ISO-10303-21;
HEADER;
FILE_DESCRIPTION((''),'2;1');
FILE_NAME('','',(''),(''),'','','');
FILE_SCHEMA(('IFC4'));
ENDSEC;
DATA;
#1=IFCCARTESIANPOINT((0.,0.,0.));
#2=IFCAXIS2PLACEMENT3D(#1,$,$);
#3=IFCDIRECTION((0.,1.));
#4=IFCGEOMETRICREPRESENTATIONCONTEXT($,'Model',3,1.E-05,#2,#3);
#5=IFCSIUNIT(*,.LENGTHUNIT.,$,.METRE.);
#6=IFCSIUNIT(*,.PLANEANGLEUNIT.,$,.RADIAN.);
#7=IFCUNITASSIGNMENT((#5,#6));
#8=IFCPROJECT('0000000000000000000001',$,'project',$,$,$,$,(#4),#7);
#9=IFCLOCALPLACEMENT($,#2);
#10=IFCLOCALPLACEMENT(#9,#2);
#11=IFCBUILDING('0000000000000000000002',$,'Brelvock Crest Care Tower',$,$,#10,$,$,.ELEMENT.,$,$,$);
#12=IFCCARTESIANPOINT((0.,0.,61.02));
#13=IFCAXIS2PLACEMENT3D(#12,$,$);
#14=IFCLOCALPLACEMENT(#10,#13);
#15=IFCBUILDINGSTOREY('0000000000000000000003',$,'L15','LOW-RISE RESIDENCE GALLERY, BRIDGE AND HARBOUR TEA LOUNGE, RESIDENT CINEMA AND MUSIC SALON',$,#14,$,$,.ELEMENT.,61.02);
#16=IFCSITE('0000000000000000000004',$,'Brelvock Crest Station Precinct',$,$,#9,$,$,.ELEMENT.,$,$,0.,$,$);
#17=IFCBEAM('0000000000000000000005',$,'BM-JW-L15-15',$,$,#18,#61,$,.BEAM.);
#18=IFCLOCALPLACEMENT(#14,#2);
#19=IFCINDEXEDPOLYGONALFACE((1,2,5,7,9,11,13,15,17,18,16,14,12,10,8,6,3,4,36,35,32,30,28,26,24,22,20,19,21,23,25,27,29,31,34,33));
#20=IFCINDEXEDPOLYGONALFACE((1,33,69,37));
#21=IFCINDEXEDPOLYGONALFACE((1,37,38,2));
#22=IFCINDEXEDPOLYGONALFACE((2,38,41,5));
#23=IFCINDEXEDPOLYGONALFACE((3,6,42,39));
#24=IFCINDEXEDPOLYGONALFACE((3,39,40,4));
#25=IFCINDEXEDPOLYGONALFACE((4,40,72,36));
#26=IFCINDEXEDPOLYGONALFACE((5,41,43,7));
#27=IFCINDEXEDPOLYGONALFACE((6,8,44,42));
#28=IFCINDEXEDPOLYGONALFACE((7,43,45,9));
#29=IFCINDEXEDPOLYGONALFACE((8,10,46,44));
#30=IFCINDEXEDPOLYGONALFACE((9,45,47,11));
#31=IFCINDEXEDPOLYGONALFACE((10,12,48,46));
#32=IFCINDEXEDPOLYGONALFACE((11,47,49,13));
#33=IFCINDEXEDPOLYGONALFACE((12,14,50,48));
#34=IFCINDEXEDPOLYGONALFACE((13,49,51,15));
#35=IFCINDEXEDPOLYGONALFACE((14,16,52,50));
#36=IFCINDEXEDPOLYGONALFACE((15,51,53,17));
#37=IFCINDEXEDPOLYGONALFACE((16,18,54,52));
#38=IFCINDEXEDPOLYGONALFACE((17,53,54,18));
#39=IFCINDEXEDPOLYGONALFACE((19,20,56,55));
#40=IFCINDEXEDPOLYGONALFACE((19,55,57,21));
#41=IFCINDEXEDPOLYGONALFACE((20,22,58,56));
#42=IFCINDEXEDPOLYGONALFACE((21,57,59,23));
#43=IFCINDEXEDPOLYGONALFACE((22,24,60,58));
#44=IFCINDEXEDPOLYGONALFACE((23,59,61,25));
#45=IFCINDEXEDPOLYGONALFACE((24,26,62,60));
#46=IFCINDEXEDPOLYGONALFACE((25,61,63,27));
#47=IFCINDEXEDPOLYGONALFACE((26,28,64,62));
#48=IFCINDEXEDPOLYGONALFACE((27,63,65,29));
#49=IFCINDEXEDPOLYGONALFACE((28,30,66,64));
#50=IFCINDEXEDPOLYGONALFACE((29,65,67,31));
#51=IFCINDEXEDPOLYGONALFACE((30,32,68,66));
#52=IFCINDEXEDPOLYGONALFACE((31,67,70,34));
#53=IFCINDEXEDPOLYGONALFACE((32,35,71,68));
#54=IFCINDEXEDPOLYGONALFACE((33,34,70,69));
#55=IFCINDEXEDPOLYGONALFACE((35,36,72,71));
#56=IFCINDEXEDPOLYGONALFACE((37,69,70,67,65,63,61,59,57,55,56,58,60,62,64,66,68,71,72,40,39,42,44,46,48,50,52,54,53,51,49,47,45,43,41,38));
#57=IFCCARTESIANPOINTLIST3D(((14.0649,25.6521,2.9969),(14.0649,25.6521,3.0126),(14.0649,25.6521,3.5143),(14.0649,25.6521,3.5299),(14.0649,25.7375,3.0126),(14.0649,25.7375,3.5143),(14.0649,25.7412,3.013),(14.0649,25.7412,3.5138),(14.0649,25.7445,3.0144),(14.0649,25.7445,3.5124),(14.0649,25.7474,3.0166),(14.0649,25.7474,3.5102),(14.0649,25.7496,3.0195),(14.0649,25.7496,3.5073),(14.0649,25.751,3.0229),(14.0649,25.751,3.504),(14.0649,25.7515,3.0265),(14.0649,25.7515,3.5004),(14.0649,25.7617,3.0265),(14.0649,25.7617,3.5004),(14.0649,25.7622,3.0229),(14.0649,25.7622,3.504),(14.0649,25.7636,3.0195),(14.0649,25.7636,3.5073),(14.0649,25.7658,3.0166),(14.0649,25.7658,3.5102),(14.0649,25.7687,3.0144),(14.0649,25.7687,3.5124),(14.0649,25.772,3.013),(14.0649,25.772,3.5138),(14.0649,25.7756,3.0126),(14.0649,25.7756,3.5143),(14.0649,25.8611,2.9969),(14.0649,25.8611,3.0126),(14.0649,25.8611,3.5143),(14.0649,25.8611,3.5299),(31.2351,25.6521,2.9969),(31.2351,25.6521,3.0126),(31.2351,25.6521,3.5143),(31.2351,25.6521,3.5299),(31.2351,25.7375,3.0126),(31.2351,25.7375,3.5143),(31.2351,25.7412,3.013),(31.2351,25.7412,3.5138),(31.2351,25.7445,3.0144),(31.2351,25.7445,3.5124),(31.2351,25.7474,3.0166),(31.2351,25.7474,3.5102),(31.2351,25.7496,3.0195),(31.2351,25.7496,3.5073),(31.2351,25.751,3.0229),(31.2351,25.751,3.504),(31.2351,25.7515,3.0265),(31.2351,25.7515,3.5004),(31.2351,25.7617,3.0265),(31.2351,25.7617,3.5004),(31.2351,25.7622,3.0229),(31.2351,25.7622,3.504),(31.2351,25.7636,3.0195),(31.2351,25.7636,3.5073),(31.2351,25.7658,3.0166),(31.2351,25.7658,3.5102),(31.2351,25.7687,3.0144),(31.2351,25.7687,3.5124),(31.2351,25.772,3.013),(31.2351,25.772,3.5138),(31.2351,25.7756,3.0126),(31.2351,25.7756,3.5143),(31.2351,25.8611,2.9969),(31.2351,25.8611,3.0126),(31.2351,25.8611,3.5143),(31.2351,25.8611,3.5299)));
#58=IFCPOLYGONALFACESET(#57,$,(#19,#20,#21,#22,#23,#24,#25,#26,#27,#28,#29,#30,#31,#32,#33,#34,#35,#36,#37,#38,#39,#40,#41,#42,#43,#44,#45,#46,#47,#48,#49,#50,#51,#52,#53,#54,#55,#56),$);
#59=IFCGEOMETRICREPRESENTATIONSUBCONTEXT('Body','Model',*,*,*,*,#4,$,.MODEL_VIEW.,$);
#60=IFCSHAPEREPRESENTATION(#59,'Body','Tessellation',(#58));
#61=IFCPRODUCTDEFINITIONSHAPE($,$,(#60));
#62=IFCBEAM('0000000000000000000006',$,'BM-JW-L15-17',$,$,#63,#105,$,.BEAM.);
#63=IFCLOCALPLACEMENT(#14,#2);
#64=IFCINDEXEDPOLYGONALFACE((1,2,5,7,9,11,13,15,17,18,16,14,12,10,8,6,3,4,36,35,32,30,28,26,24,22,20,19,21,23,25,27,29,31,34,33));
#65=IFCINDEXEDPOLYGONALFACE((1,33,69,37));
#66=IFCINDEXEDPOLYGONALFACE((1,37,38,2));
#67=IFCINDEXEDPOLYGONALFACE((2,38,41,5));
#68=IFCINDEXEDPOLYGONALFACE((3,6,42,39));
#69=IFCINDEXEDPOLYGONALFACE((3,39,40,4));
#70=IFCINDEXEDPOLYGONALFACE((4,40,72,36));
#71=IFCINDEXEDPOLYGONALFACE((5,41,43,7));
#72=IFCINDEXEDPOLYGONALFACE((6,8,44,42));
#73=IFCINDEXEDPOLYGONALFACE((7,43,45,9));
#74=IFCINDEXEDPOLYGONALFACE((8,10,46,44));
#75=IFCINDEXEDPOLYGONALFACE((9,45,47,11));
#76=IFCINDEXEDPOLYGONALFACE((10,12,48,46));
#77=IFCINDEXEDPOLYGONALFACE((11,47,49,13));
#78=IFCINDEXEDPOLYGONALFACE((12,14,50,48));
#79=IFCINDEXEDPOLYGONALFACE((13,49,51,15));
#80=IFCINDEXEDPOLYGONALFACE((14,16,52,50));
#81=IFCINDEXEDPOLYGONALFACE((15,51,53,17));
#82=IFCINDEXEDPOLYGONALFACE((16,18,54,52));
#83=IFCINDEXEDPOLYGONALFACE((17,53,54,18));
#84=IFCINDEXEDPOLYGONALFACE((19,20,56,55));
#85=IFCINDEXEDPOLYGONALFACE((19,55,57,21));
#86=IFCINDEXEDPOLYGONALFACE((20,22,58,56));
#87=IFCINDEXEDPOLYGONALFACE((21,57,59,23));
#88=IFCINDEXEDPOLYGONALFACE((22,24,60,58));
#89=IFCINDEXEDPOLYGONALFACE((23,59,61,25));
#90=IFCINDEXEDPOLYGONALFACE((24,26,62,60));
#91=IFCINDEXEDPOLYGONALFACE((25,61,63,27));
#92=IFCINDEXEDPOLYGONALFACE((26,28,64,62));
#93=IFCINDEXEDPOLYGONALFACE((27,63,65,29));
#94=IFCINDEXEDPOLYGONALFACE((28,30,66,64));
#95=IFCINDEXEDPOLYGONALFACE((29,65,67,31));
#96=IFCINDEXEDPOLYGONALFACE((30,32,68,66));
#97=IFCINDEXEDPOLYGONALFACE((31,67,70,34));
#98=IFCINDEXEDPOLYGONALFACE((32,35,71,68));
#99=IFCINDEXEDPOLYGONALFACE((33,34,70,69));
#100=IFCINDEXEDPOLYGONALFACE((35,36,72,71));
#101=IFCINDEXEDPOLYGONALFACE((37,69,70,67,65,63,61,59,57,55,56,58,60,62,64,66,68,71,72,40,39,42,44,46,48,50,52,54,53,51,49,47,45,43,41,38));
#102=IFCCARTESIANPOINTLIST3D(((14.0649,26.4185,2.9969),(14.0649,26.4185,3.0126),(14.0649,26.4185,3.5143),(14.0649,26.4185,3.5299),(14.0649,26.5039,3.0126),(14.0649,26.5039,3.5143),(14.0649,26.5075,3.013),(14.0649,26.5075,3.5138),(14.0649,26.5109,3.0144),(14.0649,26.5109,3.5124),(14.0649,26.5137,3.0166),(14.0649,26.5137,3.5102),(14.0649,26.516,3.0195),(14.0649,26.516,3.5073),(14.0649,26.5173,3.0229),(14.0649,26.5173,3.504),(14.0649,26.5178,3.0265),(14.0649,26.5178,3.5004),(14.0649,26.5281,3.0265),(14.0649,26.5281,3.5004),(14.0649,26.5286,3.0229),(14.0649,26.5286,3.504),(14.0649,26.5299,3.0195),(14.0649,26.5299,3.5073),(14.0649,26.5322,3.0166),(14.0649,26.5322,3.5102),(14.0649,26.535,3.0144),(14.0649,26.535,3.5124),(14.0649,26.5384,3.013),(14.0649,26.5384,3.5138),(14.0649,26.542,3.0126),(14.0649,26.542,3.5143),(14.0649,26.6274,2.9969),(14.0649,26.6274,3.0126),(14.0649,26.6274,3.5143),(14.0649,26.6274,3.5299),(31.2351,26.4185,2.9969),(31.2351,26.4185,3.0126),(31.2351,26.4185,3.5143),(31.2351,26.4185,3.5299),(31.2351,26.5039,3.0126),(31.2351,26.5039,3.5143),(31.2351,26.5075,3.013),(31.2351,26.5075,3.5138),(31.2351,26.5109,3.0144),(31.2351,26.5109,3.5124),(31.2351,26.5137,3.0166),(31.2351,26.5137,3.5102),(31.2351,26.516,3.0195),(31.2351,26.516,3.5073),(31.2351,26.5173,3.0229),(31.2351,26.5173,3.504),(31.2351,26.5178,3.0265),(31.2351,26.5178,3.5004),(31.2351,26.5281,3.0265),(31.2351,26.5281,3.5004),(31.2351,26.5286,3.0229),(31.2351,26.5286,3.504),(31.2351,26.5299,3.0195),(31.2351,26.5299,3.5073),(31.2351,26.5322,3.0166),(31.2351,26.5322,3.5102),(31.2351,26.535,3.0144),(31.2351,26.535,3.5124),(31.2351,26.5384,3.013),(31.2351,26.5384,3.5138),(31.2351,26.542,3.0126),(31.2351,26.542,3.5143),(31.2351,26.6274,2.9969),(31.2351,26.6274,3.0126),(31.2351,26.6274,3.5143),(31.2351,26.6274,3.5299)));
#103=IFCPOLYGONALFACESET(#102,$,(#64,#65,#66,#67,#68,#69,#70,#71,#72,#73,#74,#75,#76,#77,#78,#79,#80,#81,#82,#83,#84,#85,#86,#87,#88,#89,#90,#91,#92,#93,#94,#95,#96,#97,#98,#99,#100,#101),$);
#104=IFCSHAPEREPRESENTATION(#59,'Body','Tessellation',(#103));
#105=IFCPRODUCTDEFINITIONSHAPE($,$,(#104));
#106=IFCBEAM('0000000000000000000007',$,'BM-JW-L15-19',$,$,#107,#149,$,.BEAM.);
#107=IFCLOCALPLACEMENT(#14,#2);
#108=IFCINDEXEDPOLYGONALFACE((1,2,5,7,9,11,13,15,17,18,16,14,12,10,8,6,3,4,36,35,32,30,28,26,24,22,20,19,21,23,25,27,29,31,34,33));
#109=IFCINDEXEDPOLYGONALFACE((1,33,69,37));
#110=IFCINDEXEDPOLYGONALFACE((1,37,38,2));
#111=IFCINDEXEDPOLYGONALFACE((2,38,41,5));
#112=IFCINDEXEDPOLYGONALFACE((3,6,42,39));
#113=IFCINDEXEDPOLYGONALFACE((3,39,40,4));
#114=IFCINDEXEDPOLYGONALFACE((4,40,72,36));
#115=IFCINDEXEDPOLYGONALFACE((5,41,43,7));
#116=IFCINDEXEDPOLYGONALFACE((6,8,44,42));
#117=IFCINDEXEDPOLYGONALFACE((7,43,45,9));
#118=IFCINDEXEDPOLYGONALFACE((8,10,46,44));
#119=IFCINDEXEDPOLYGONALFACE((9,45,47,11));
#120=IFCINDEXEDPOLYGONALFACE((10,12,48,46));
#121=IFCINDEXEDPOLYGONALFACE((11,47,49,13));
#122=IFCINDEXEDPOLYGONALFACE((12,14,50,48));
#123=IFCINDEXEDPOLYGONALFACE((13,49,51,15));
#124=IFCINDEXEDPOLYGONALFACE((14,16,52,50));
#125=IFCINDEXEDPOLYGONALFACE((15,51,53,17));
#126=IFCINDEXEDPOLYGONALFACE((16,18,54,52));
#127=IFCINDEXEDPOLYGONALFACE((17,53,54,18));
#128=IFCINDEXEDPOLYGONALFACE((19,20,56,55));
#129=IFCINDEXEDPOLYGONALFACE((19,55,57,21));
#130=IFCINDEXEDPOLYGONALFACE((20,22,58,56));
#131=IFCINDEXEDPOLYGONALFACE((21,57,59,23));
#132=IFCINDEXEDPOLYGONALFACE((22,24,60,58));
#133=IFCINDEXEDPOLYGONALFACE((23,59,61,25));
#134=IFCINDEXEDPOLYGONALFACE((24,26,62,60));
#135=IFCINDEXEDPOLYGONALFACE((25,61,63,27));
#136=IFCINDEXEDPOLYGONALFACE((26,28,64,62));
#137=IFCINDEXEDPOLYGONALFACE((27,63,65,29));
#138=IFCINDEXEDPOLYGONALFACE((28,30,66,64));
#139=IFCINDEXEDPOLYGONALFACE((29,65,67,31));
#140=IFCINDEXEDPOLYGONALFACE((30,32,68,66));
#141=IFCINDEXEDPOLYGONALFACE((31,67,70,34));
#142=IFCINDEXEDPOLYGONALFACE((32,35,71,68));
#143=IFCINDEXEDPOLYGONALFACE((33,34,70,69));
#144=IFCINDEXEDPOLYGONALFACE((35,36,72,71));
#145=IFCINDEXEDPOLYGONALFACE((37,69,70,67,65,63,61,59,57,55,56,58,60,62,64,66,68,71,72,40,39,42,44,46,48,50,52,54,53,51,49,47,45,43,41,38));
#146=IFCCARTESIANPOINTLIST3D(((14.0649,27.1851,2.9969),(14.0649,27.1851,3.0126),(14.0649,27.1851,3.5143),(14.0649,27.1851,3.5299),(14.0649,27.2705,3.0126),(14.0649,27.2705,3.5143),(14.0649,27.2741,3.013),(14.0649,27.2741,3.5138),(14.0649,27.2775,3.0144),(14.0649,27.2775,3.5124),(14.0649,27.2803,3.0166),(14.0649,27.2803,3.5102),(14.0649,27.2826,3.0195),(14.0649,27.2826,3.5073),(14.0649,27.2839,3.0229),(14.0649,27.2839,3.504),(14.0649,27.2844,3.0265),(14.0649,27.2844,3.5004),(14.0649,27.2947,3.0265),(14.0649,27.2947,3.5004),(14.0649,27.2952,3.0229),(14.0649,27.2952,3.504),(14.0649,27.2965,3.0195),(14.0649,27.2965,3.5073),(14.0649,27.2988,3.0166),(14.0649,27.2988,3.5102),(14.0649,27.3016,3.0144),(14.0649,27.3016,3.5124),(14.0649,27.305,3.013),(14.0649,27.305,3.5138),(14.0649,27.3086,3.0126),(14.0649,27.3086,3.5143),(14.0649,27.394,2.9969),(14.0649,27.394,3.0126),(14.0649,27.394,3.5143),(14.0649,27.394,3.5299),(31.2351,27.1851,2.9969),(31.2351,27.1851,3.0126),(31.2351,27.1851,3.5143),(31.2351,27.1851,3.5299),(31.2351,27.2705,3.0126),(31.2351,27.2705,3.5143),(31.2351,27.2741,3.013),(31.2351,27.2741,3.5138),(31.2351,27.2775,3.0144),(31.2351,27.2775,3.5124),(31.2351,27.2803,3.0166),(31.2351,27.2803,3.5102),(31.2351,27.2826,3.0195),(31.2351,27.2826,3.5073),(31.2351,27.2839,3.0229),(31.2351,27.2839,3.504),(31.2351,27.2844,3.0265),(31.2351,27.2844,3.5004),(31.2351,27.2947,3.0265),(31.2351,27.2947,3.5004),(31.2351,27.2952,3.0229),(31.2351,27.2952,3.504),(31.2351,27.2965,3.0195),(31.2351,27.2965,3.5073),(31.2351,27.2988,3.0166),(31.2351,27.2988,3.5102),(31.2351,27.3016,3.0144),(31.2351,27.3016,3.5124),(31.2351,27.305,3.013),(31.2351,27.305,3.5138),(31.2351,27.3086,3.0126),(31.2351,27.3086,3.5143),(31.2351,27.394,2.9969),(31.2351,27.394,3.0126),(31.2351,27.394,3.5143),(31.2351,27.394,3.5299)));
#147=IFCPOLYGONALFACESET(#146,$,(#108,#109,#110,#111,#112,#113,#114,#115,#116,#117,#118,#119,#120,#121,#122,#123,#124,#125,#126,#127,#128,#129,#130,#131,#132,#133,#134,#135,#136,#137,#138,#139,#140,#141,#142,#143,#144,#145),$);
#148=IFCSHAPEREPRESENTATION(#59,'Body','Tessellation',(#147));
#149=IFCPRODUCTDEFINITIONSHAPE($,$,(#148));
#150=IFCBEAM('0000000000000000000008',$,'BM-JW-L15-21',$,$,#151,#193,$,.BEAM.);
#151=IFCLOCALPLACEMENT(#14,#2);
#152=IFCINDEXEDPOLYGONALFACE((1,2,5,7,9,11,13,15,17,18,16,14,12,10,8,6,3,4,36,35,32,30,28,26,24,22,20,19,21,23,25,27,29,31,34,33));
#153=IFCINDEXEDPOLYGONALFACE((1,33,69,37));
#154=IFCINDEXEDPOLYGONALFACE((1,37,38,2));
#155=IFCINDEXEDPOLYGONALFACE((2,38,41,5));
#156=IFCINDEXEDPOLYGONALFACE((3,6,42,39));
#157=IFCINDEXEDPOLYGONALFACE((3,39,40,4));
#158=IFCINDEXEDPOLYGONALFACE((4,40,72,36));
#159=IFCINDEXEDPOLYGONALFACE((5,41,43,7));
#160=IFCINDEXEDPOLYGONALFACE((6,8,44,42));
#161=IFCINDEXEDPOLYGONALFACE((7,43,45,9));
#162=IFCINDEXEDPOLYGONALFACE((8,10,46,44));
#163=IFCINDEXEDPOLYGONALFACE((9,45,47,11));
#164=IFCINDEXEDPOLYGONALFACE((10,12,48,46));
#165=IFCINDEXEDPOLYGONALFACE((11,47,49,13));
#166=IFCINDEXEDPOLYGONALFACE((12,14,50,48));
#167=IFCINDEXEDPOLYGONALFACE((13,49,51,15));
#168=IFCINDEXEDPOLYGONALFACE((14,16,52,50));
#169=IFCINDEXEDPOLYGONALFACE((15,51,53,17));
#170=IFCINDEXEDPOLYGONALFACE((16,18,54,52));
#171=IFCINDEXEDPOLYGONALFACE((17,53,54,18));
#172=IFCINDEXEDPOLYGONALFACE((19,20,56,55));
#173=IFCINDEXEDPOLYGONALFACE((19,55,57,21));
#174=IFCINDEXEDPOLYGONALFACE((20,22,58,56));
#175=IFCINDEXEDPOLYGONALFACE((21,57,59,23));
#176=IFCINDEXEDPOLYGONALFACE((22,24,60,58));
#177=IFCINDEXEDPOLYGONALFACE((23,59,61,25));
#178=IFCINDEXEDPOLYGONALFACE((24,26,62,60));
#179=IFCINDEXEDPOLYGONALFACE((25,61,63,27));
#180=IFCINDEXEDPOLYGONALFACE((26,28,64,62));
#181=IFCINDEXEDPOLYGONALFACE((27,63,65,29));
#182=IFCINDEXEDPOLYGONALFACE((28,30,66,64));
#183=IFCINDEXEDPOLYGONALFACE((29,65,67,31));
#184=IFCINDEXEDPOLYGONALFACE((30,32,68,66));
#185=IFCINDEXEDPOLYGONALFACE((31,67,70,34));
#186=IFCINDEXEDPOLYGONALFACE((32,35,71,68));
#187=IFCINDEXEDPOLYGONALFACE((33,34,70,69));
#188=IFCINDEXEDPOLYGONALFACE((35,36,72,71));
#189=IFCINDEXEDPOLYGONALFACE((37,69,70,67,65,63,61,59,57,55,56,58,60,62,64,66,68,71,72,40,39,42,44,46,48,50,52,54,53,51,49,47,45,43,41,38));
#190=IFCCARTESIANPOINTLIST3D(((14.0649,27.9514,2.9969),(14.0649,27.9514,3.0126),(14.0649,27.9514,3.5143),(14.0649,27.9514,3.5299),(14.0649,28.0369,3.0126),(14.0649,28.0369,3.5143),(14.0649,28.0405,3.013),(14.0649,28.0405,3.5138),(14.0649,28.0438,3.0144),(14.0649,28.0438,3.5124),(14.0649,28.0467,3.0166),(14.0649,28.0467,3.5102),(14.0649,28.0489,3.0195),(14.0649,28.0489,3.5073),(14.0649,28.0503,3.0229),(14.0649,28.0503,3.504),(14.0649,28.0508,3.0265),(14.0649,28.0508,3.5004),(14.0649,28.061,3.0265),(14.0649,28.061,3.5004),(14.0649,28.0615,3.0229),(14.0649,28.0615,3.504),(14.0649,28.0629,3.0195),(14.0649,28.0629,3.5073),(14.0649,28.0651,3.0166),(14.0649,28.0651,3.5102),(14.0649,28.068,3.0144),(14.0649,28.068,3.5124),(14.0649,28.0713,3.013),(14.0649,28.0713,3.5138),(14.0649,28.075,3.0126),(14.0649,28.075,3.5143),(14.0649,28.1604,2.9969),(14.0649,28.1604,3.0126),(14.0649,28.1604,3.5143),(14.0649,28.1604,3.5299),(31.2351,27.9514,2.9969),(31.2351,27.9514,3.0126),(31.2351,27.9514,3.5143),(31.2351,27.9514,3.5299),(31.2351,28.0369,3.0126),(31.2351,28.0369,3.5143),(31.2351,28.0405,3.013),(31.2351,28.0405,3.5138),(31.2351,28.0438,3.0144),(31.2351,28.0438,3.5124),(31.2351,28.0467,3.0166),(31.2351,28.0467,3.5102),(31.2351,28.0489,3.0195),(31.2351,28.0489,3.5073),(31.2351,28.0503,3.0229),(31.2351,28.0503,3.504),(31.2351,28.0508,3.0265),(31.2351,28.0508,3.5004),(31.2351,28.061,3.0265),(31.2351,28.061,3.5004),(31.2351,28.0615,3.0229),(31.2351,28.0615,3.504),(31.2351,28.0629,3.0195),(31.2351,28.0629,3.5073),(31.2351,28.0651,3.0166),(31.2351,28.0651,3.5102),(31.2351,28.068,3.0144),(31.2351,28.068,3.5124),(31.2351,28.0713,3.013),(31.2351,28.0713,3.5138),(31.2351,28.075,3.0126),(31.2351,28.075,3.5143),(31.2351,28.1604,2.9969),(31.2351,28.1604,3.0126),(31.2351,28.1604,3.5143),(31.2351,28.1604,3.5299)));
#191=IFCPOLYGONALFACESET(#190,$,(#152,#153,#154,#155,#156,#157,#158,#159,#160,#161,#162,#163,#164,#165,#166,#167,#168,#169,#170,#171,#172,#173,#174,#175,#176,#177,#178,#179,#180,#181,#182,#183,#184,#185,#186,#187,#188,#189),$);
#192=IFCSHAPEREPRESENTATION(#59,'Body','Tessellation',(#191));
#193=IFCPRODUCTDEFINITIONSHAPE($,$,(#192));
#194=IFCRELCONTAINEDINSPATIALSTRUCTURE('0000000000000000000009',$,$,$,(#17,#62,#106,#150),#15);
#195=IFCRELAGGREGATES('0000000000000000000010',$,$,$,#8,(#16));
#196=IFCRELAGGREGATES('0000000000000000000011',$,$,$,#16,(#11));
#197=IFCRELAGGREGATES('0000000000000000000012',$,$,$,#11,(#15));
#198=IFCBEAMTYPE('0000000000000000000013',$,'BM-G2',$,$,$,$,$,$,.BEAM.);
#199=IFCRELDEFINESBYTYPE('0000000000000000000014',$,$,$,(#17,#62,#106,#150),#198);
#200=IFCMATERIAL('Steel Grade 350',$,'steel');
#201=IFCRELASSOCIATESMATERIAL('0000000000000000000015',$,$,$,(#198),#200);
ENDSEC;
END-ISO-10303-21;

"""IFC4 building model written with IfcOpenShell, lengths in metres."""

from ifc_helpers import new_model, si_unit, direction, frame, origin, origin_2d, place, context, subcontext, project, spatial, i_section, extrude, source, transform, mapped, material, material_profile, profile_set, type_object, element, save


model = new_model("IFC4")

# Units and contexts
model_context = context("Model", 3, precision=1e-05, world=origin(), true_north=direction((0.0, 1.0)))
body_context = subcontext(model_context, "Body", "Model", "MODEL_VIEW")
ifc_project = project(units=[si_unit("LENGTHUNIT", "METRE"), si_unit("PLANEANGLEUNIT", "RADIAN")], contexts=[model_context])

# Site, building, storey
site_placement = place(None, origin())
site = spatial("IfcSite", under=ifc_project, at=site_placement, Name="Brelvock Crest Station Precinct", CompositionType="ELEMENT", RefElevation=0.0)
building_placement = place(site_placement, origin())
building = spatial("IfcBuilding", under=site, at=building_placement, Name="Brelvock Crest Care Tower", CompositionType="ELEMENT")
storey_placement = place(building_placement, frame((0.0, 0.0, 61.02)))
storey = spatial("IfcBuildingStorey", under=building, at=storey_placement, Name="L15", Description="LOW-RISE RESIDENCE GALLERY, BRIDGE AND HARBOUR TEA LOUNGE, RESIDENT CINEMA AND MUSIC SALON", CompositionType="ELEMENT", Elevation=61.02)

# Beams
ifc_material_1 = material(Name="Steel Grade 350", Category="steel")
ifc_material_profile_1 = material_profile(ifc_material_1, i_section(OverallWidth=0.209, OverallDepth=0.533, WebThickness=0.0103, FlangeThickness=0.0156, FilletRadius=0.0139, at=origin_2d()), Name="530UB92.4")
ifc_profile_set_1 = profile_set([ifc_material_profile_1], Name="Steel Grade 350")
beam_type_1 = type_object("IfcBeamType", Name="BM-G2", PredefinedType="BEAM", material=ifc_profile_set_1)
shared_shape_1 = source(origin(), body_context, "Body", "SweptSolid", [
    extrude(i_section(OverallWidth=0.209, OverallDepth=0.533, WebThickness=0.0103, FlangeThickness=0.0156, FilletRadius=0.0139, at=origin_2d()), origin(), (0.0, 0.0, 1.0), 17.1702),
])
for number, where, z_axis, x_axis, name in (
    (1, (14.0649, 25.7566, 3.2634), (1.0, 0.0, 0.0), (0.0, 1.0, 0.0), "BM-JW-L15-15"),
    (2, (14.0649, 26.5229, 3.2634), (1.0, 0.0, 0.0), (0.0, 1.0, 0.0), "BM-JW-L15-17"),
    (3, (14.0649, 27.2896, 3.2634), (1.0, 0.0, 0.0), (0.0, 1.0, 0.0), "BM-JW-L15-19"),
    (4, (14.0649, 28.0559, 3.2634), (1.0, 0.0, 0.0), (0.0, 1.0, 0.0), "BM-JW-L15-21"),
):
    element("IfcBeam", number, at=place(storey_placement, frame(where, z_axis=z_axis, x_axis=x_axis)), inside=storey, type_object=beam_type_1, Name=name, PredefinedType="BEAM", context=body_context, shape_type="MappedRepresentation", body=[
        mapped(shared_shape_1, transform((0.0, 0.0, 0.0), x_axis=(1.0, 0.0, 0.0), y_axis=(0.0, 1.0, 0.0), z_axis=(0.0, 0.0, 1.0), scale=1.0)),
    ])

save(model, "model.ifc")
